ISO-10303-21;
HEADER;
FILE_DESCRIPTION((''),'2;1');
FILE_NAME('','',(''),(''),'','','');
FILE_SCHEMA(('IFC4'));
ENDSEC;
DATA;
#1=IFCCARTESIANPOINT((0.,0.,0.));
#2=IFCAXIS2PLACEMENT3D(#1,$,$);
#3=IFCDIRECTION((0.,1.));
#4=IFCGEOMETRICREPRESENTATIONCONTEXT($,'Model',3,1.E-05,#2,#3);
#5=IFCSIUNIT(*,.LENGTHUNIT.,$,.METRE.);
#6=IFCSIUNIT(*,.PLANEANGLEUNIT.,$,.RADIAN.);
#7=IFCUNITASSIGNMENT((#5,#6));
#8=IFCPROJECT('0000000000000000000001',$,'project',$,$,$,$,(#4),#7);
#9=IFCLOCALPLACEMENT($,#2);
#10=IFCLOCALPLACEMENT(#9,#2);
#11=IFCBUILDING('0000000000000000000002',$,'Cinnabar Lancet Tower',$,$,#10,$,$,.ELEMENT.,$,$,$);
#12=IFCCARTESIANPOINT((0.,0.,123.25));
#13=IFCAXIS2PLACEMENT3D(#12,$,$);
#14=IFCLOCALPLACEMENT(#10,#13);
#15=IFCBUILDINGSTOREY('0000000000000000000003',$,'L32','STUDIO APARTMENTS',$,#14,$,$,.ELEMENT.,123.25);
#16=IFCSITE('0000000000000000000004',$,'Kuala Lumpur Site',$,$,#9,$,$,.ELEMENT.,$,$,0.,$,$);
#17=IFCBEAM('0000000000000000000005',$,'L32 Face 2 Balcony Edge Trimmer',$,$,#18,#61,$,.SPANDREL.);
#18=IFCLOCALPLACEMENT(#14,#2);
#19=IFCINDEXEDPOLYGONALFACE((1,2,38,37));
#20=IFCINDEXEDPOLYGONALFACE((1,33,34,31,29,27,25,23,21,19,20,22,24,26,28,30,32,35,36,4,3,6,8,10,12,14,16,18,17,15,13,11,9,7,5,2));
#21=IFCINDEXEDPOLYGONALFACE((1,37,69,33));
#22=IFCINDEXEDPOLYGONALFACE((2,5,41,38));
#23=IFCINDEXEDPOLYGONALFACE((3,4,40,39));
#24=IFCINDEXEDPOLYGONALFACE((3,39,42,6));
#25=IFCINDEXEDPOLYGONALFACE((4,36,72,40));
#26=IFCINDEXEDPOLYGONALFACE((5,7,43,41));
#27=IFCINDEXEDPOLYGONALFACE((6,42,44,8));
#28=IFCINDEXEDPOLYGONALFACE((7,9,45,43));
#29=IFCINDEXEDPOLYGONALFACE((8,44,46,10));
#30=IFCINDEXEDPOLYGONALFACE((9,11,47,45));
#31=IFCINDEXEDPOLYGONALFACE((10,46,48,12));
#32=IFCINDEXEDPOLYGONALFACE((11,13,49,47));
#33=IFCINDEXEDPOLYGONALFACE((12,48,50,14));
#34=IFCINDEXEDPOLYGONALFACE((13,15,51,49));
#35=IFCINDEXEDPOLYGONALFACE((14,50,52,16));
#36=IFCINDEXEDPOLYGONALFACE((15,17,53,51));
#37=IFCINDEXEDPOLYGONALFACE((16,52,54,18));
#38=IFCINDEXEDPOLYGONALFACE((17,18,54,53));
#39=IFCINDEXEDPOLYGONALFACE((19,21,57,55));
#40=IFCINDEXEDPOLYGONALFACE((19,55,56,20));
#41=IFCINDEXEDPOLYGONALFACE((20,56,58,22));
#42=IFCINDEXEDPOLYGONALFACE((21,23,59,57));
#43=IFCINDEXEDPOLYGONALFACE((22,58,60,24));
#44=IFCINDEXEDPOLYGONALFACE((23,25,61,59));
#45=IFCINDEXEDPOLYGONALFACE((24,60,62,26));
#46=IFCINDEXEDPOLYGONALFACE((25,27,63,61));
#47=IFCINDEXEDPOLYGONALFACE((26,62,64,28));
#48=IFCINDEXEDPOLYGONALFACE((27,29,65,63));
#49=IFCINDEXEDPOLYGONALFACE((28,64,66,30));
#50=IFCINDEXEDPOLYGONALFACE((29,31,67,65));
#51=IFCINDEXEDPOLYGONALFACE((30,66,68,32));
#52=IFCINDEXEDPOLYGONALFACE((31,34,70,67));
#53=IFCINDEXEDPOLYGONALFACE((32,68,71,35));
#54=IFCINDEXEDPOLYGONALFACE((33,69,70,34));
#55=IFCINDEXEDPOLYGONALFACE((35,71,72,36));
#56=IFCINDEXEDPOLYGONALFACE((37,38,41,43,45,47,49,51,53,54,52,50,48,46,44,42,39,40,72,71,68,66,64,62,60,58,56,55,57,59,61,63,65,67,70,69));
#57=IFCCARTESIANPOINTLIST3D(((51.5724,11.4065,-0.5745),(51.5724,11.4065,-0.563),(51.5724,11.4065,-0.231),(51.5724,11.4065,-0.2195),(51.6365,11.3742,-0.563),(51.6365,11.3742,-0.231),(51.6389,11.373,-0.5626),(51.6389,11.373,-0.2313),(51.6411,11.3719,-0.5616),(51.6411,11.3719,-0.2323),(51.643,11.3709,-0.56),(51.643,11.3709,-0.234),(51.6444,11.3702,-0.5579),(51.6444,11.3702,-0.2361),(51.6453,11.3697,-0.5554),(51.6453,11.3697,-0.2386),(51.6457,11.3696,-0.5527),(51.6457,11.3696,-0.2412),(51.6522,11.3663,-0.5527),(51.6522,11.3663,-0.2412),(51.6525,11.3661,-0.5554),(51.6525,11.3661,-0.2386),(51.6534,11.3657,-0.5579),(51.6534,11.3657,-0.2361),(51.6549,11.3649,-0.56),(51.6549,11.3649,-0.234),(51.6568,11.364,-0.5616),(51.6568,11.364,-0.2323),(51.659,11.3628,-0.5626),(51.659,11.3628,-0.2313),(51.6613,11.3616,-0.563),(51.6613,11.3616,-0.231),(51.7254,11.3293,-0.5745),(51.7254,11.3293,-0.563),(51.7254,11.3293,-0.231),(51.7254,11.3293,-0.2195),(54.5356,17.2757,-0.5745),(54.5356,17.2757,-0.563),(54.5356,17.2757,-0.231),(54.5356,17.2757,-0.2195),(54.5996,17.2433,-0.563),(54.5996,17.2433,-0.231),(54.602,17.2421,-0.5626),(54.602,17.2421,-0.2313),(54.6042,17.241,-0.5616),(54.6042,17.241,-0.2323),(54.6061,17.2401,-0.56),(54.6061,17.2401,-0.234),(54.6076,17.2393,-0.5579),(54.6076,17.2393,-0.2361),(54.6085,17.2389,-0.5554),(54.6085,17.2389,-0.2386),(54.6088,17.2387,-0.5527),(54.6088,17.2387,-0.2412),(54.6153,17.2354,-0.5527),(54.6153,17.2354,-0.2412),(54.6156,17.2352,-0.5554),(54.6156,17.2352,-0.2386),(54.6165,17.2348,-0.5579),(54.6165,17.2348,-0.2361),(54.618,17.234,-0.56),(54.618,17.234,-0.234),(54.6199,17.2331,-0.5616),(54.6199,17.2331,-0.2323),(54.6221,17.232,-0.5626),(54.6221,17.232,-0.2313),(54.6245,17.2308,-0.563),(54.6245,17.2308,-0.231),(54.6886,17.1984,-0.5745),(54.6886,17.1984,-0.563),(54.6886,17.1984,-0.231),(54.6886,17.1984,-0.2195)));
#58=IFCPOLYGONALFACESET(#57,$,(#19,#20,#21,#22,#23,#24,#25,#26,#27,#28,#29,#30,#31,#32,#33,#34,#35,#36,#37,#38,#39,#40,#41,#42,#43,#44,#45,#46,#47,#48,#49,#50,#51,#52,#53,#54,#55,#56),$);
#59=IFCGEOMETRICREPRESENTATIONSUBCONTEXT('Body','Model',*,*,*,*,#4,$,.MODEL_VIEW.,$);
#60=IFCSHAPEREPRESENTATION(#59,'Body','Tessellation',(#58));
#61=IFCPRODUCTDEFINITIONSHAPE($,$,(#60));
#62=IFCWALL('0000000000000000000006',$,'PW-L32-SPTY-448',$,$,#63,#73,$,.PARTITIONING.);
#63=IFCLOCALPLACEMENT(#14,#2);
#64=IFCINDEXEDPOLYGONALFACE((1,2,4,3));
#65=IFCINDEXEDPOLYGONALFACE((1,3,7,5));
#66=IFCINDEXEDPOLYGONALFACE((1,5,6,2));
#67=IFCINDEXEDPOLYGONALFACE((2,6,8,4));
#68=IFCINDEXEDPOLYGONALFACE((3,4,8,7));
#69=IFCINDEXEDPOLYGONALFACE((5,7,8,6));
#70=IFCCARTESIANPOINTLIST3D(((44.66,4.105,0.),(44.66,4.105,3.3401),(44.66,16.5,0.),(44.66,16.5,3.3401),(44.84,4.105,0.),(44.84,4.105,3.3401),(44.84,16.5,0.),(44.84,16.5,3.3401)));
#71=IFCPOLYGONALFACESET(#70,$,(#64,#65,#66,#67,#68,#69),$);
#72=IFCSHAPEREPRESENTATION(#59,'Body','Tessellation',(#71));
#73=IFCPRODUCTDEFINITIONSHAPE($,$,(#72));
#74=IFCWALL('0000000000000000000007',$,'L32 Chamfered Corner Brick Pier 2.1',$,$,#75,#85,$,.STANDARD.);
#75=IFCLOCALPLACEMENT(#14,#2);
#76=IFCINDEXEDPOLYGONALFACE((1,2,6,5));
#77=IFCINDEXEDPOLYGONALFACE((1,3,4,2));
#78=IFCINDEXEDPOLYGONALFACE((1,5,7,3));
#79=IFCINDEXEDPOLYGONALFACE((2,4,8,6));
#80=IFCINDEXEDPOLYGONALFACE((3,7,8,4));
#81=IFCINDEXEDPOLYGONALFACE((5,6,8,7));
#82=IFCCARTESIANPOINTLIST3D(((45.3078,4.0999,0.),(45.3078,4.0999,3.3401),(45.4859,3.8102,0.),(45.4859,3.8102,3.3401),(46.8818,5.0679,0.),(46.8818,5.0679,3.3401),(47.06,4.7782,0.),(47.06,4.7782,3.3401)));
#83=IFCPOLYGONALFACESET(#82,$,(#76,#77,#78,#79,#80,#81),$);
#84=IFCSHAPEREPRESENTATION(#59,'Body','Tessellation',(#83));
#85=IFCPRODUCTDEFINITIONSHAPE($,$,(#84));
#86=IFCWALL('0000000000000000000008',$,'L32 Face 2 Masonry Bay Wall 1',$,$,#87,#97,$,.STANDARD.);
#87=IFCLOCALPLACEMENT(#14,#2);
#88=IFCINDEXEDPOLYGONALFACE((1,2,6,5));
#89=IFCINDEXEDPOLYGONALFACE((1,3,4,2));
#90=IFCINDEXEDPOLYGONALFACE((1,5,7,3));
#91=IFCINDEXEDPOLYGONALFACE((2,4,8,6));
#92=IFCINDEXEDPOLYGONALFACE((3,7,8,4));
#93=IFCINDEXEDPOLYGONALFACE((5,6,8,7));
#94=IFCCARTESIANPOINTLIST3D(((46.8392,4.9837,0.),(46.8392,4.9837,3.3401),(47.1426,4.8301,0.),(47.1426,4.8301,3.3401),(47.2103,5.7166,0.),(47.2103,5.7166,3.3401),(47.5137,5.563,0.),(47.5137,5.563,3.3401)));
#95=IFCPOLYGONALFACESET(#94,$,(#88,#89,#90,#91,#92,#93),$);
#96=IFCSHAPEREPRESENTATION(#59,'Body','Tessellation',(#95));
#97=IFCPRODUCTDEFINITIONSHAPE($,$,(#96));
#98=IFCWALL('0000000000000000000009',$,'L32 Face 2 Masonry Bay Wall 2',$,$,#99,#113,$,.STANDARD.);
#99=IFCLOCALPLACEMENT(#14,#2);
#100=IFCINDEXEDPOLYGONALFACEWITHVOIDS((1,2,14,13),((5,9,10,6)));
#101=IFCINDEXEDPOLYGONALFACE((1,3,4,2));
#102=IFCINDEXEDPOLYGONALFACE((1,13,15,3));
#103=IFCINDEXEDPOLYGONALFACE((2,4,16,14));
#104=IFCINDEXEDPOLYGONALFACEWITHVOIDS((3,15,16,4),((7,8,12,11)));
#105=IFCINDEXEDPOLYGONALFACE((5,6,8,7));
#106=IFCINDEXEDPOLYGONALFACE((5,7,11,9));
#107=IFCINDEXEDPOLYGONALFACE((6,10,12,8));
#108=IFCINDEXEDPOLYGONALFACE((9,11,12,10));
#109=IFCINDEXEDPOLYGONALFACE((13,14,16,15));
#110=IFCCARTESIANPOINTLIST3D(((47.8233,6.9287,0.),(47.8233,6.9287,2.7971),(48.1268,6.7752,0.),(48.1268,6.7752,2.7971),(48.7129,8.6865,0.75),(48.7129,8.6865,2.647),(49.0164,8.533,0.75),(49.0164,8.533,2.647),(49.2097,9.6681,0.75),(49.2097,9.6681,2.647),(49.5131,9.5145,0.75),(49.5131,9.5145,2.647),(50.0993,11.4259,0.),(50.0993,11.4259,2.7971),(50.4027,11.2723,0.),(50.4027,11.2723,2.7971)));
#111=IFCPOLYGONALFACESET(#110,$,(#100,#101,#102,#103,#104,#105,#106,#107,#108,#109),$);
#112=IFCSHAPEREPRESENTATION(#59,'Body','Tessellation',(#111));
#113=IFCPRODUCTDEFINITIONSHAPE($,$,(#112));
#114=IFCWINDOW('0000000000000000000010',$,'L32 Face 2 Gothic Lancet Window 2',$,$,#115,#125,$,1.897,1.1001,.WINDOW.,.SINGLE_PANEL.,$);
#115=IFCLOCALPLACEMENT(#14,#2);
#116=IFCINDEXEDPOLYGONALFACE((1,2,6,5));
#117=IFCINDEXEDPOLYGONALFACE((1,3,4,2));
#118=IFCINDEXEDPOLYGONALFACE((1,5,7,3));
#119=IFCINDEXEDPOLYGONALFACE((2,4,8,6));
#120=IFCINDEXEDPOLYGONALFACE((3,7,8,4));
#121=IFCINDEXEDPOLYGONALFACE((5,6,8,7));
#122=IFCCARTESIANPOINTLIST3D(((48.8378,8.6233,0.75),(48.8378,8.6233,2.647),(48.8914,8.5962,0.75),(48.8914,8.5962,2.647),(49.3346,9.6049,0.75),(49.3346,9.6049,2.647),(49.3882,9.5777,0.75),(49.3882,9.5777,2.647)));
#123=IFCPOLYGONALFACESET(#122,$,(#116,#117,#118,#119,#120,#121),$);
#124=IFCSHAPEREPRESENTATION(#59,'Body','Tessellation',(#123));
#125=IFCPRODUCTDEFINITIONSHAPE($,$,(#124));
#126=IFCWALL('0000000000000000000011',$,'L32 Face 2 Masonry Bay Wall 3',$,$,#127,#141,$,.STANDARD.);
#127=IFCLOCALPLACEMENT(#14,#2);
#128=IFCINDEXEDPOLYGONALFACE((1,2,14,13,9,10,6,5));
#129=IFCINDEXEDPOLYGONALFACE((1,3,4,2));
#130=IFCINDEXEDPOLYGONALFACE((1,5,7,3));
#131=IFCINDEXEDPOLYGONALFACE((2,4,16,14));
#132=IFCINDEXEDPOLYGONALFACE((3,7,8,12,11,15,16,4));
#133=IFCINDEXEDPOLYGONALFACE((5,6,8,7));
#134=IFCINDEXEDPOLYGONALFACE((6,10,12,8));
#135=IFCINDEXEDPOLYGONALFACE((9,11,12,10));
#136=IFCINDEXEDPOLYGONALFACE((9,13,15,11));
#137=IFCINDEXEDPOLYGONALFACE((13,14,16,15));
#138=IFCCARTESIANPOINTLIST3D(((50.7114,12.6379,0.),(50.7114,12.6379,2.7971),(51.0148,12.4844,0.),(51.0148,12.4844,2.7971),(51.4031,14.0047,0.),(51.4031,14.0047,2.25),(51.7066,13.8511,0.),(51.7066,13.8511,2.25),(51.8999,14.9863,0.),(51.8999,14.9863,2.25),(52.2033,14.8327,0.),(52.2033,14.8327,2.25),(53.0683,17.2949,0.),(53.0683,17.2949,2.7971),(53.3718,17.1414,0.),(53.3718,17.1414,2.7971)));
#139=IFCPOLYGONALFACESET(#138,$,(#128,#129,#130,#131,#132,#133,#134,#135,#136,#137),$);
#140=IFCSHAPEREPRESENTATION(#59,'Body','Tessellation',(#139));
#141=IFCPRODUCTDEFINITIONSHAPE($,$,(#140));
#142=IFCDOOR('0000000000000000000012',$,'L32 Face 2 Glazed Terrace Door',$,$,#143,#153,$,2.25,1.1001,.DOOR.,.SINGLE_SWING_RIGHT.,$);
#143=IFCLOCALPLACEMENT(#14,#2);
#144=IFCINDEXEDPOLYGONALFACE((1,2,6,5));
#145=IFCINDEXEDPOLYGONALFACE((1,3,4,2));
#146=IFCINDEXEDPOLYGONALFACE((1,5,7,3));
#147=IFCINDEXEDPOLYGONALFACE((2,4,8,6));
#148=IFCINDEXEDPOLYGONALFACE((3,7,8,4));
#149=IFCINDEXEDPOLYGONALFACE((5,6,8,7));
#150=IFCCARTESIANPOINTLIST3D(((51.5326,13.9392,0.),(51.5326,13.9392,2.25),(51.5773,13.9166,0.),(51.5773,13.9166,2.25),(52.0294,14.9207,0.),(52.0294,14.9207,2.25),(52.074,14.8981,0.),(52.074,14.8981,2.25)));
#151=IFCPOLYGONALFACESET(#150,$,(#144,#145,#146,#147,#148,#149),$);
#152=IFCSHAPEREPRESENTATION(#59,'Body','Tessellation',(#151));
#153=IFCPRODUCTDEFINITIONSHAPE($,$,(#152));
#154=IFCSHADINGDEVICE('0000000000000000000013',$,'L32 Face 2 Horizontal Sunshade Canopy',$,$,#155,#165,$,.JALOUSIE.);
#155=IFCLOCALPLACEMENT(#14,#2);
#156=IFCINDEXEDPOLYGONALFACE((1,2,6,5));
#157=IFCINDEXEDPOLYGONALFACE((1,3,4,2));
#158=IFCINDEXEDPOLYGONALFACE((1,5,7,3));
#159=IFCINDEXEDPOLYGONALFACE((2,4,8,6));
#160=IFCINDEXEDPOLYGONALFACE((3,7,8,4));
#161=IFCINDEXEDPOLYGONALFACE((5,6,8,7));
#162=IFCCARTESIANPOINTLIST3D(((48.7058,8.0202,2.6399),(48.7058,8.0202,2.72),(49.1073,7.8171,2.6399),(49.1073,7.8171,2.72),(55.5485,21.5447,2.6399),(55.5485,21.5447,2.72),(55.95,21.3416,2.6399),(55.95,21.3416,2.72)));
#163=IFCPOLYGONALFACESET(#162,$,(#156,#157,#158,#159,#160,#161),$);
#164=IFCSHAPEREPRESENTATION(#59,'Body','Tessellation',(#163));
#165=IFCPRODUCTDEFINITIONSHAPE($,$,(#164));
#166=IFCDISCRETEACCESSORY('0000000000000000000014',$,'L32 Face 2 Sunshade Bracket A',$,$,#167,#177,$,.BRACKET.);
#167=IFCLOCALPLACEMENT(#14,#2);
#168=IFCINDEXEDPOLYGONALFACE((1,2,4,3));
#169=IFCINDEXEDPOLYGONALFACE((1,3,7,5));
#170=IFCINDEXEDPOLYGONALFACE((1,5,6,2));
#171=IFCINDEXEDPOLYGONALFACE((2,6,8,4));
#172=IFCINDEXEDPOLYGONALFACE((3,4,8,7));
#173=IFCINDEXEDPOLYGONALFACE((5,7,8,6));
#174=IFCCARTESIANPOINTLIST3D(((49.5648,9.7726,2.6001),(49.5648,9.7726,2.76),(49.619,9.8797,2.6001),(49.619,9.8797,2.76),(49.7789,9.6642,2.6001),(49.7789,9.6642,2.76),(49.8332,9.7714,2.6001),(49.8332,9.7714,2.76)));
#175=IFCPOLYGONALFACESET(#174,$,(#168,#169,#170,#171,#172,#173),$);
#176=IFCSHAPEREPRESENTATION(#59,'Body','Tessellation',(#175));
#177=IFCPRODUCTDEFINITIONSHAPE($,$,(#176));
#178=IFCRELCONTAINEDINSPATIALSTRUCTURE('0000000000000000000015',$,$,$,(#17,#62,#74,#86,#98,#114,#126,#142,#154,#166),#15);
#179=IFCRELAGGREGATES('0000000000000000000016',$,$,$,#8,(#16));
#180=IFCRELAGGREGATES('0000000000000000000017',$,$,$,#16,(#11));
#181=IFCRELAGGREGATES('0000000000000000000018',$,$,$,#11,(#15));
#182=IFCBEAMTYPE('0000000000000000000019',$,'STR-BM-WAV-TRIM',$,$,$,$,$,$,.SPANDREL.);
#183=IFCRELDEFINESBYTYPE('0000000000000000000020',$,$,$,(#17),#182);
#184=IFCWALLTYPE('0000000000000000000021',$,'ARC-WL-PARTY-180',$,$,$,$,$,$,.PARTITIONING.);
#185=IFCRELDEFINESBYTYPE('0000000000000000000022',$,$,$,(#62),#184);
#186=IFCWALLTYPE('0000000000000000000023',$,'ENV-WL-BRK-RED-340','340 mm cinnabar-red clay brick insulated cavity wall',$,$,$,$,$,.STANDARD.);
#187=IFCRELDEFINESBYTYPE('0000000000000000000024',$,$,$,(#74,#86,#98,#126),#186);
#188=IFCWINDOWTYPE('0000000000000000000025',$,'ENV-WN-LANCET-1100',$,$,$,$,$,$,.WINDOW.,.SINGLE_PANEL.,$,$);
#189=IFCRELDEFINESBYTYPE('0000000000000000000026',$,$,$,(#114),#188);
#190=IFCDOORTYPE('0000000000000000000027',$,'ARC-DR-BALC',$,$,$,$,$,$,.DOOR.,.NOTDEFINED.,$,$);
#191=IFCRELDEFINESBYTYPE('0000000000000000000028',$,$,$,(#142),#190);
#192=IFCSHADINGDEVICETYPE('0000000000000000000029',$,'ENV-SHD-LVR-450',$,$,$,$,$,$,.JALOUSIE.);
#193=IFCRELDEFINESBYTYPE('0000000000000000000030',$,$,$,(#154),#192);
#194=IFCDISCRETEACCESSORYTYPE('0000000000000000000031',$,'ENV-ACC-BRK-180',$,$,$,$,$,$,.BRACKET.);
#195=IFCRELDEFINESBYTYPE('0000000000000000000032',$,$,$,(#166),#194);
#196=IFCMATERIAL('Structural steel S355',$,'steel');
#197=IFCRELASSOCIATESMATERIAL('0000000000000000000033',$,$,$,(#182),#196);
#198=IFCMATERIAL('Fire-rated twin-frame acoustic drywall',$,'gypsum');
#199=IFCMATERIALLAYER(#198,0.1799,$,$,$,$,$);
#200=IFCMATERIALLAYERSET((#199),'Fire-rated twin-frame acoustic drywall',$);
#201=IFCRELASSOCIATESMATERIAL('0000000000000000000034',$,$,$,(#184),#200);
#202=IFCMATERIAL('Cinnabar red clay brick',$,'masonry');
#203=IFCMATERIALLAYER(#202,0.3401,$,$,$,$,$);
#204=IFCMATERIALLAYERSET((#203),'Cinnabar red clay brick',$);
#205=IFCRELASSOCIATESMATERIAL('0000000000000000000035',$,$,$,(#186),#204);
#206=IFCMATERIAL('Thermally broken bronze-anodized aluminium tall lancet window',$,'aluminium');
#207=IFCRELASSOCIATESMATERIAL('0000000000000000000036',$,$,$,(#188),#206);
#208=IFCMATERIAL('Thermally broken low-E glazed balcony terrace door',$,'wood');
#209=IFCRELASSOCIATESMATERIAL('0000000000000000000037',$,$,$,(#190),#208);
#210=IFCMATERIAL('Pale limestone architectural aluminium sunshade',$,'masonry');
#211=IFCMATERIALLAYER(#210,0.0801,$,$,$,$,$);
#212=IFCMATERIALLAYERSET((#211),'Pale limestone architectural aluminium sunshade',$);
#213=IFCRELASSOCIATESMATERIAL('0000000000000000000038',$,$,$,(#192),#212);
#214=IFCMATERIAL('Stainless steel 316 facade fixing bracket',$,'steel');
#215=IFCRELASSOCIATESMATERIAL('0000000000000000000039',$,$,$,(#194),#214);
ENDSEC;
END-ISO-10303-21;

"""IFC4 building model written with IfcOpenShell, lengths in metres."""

from ifc_helpers import new_model, si_unit, direction, frame, frame_2d, origin, origin_2d, place, context, subcontext, project, spatial, rectangle, i_section, extrude, material, layer, layer_set, material_profile, profile_set, type_object, element, fill, save


model = new_model("IFC4")

# Units and contexts
model_context = context("Model", 3, precision=1e-05, world=origin(), true_north=direction((0.0, 1.0)))
body_context = subcontext(model_context, "Body", "Model", "MODEL_VIEW")
ifc_project = project(units=[si_unit("LENGTHUNIT", "METRE"), si_unit("PLANEANGLEUNIT", "RADIAN")], contexts=[model_context])

# Site, building, storey
site_placement = place(None, origin())
site = spatial("IfcSite", under=ifc_project, at=site_placement, Name="Kuala Lumpur Site", CompositionType="ELEMENT", RefElevation=0.0)
building_placement = place(site_placement, origin())
building = spatial("IfcBuilding", under=site, at=building_placement, Name="Cinnabar Lancet Tower", CompositionType="ELEMENT")
storey_placement = place(building_placement, frame((0.0, 0.0, 123.25)))
storey = spatial("IfcBuildingStorey", under=building, at=storey_placement, Name="L32", Description="STUDIO APARTMENTS", CompositionType="ELEMENT", Elevation=123.25)

# Beam
ifc_material_1 = material(Name="Structural steel S355", Category="steel")
ifc_material_profile_1 = material_profile(ifc_material_1, i_section(OverallWidth=0.1714, OverallDepth=0.355, WebThickness=0.0073, FlangeThickness=0.0115, FilletRadius=0.0103, at=origin_2d()), Name="UKB 356x171x51")
ifc_profile_set_1 = profile_set([ifc_material_profile_1], Name="Structural steel S355")
beam_type_1 = type_object("IfcBeamType", Name="STR-BM-WAV-TRIM", PredefinedType="SPANDREL", material=ifc_profile_set_1)
beam_1_placement = place(storey_placement, frame((51.6489, 11.3679, -0.397), z_axis=(0.450686, 0.892683, 0.0), x_axis=(-0.892683, 0.450686, 0.0)))
element("IfcBeam", 1, at=beam_1_placement, inside=storey, type_object=beam_type_1, Name="L32 Face 2 Balcony Edge Trimmer", PredefinedType="SPANDREL", context=body_context, shape_type="SweptSolid", body=[
    extrude(i_section(OverallWidth=0.1714, OverallDepth=0.355, WebThickness=0.0073, FlangeThickness=0.0115, FilletRadius=0.0103, at=origin_2d()), origin(), (0.0, 0.0, 1.0), 6.5747),
])

# Walls
ifc_material_2 = material(Name="Fire-rated twin-frame acoustic drywall", Category="gypsum")
ifc_layer_1 = layer(ifc_material_2, 0.1799)
ifc_layer_set_1 = layer_set([ifc_layer_1], Name="Fire-rated twin-frame acoustic drywall")
wall_type_1 = type_object("IfcWallType", Name="ARC-WL-PARTY-180", PredefinedType="PARTITIONING", material=ifc_layer_set_1)
wall_1_placement = place(storey_placement, frame((44.75, 4.105, 0.0), z_axis=(0.0, 0.0, 1.0), x_axis=(0.0, 1.0, 0.0)))
element("IfcWall", 2, at=wall_1_placement, inside=storey, type_object=wall_type_1, Name="PW-L32-SPTY-448", PredefinedType="PARTITIONING", context=body_context, shape_type="SweptSolid", body=[
    extrude(rectangle(XDim=12.395, YDim=0.1799, at=frame_2d((6.1975, 0.0))), origin(), (0.0, 0.0, 1.0), 3.3401),
])
ifc_material_3 = material(Name="Cinnabar red clay brick", Category="masonry")
ifc_layer_2 = layer(ifc_material_3, 0.3401)
ifc_layer_set_2 = layer_set([ifc_layer_2], Name="Cinnabar red clay brick")
wall_type_2 = type_object("IfcWallType", Name="ENV-WL-BRK-RED-340", Description="340 mm cinnabar-red clay brick insulated cavity wall", PredefinedType="STANDARD", material=ifc_layer_set_2)
wall_2_placement = place(storey_placement, frame((45.397, 3.9551, 0.0), z_axis=(0.0, 0.0, 1.0), x_axis=(0.851799, 0.523869, 0.0)))
element("IfcWall", 3, at=wall_2_placement, inside=storey, type_object=wall_type_2, Name="L32 Chamfered Corner Brick Pier 2.1", PredefinedType="STANDARD", context=body_context, shape_type="SweptSolid", body=[
    extrude(rectangle(XDim=1.8479, YDim=0.3401, at=frame_2d((0.9238, 0.0))), origin(), (0.0, 0.0, 1.0), 3.3401),
])
wall_3_placement = place(storey_placement, frame((46.991, 4.907, 0.0), z_axis=(0.0, 0.0, 1.0), x_axis=(0.451725, 0.892157, 0.0)))
element("IfcWall", 4, at=wall_3_placement, inside=storey, type_object=wall_type_2, Name="L32 Face 2 Masonry Bay Wall 1", PredefinedType="STANDARD", context=body_context, shape_type="SweptSolid", body=[
    extrude(rectangle(XDim=0.8215, YDim=0.3401, at=frame_2d((0.4106, 0.0))), origin(), (0.0, 0.0, 1.0), 3.3401),
])

# Wall, opening, window
wall_4_placement = place(storey_placement, frame((47.9751, 6.8521, 0.0), z_axis=(0.0, 0.0, 1.0), x_axis=(0.451548, 0.892247, 0.0)))
wall_4 = element("IfcWall", 5, at=wall_4_placement, inside=storey, type_object=wall_type_2, Name="L32 Face 2 Masonry Bay Wall 2", PredefinedType="STANDARD", context=body_context, shape_type="SweptSolid", body=[
    extrude(rectangle(XDim=5.0403, YDim=0.3401, at=frame_2d((2.52, 0.0))), origin(), (0.0, 0.0, 1.0), 2.7971),
])
opening_1_placement = place(wall_4_placement, frame((1.97, 0.0, 0.75)))
opening_1 = element("IfcOpeningElement", 6, at=opening_1_placement, cuts=wall_4, PredefinedType="OPENING", context=body_context, shape_type="SweptSolid", body=[
    extrude(rectangle(XDim=1.1001, YDim=1.897, at=frame_2d((0.55, 0.9485))), frame((0.0, 0.1799, 0.0), z_axis=(0.0, -1.0, 0.0), x_axis=(1.0, 0.0, 0.0)), (0.0, 0.0, 1.0), 0.3601),
])
ifc_material_4 = material(Name="Thermally broken bronze-anodized aluminium tall lancet window", Category="aluminium")
window_type = type_object("IfcWindowType", Name="ENV-WN-LANCET-1100", PartitioningType="SINGLE_PANEL", PredefinedType="WINDOW", material=ifc_material_4)
window_placement = place(opening_1_placement, origin())
window = element("IfcWindow", 7, at=window_placement, inside=storey, type_object=window_type, Name="L32 Face 2 Gothic Lancet Window 2", OverallHeight=1.897, OverallWidth=1.1001, PartitioningType="SINGLE_PANEL", PredefinedType="WINDOW", context=body_context, shape_type="SweptSolid", body=[
    extrude(rectangle(XDim=1.1001, YDim=1.897, at=frame_2d((0.55, 0.9485))), frame((0.0, 0.03, 0.0), z_axis=(0.0, -1.0, 0.0), x_axis=(1.0, 0.0, 0.0)), (0.0, 0.0, 1.0), 0.0601),
])
fill(opening_1, window)

# Wall, opening, door
wall_5_placement = place(storey_placement, frame((50.863, 12.561, 0.0), z_axis=(0.0, 0.0, 1.0), x_axis=(0.451568, 0.892237, 0.0)))
wall_5 = element("IfcWall", 8, at=wall_5_placement, inside=storey, type_object=wall_type_2, Name="L32 Face 2 Masonry Bay Wall 3", PredefinedType="STANDARD", context=body_context, shape_type="SweptSolid", body=[
    extrude(rectangle(XDim=5.2195, YDim=0.3401, at=frame_2d((2.6099, 0.0))), origin(), (0.0, 0.0, 1.0), 2.7971),
])
opening_2_placement = place(wall_5_placement, frame((1.532, 0.0, 0.0)))
opening_2 = element("IfcOpeningElement", 9, at=opening_2_placement, cuts=wall_5, PredefinedType="OPENING", context=body_context, shape_type="SweptSolid", body=[
    extrude(rectangle(XDim=1.1001, YDim=2.25, at=frame_2d((0.55, 1.125))), frame((0.0, 0.1799, 0.0), z_axis=(0.0, -1.0, 0.0), x_axis=(1.0, 0.0, 0.0)), (0.0, 0.0, 1.0), 0.3601),
])
ifc_material_5 = material(Name="Thermally broken low-E glazed balcony terrace door", Category="wood")
door_type = type_object("IfcDoorType", Name="ARC-DR-BALC", OperationType="NOTDEFINED", PredefinedType="DOOR", material=ifc_material_5)
door_placement = place(opening_2_placement, origin())
door = element("IfcDoor", 10, at=door_placement, inside=storey, type_object=door_type, Name="L32 Face 2 Glazed Terrace Door", OperationType="SINGLE_SWING_RIGHT", OverallHeight=2.25, OverallWidth=1.1001, PredefinedType="DOOR", context=body_context, shape_type="SweptSolid", body=[
    extrude(rectangle(XDim=1.1001, YDim=2.25, at=frame_2d((0.55, 1.125))), frame((0.0, 0.0249, 0.0), z_axis=(0.0, -1.0, 0.0), x_axis=(1.0, 0.0, 0.0)), (0.0, 0.0, 1.0), 0.05),
])
fill(opening_2, door)

# Shading device
ifc_material_6 = material(Name="Pale limestone architectural aluminium sunshade", Category="masonry")
ifc_layer_3 = layer(ifc_material_6, 0.0801)
ifc_layer_set_3 = layer_set([ifc_layer_3], Name="Pale limestone architectural aluminium sunshade")
shading_device_type = type_object("IfcShadingDeviceType", Name="ENV-SHD-LVR-450", PredefinedType="JALOUSIE", material=ifc_layer_set_3)
shading_device_placement = place(storey_placement, frame((52.3279, 14.6809, 2.6399), z_axis=(0.0, 0.0, 1.0), x_axis=(0.451454, 0.892294, 0.0)))
element("IfcShadingDevice", 11, at=shading_device_placement, inside=storey, type_object=shading_device_type, Name="L32 Face 2 Horizontal Sunshade Canopy", PredefinedType="JALOUSIE", context=body_context, shape_type="SweptSolid", body=[
    extrude(rectangle(XDim=15.157, YDim=0.45, at=origin_2d()), origin(), (0.0, 0.0, 1.0), 0.0801),
])

# Discrete accessory
ifc_material_7 = material(Name="Stainless steel 316 facade fixing bracket", Category="steel")
discrete_accessory_type = type_object("IfcDiscreteAccessoryType", Name="ENV-ACC-BRK-180", PredefinedType="BRACKET", material=ifc_material_7)
discrete_accessory_placement = place(storey_placement, frame((49.699, 9.772, 2.6001), z_axis=(0.0, 0.0, 1.0), x_axis=(0.451454, 0.892294, 0.0)))
element("IfcDiscreteAccessory", 12, at=discrete_accessory_placement, inside=storey, type_object=discrete_accessory_type, Name="L32 Face 2 Sunshade Bracket A", PredefinedType="BRACKET", context=body_context, shape_type="SweptSolid", body=[
    extrude(rectangle(XDim=0.1201, YDim=0.24, at=origin_2d()), origin(), (0.0, 0.0, 1.0), 0.1599),
])

save(model, "model.ifc")
